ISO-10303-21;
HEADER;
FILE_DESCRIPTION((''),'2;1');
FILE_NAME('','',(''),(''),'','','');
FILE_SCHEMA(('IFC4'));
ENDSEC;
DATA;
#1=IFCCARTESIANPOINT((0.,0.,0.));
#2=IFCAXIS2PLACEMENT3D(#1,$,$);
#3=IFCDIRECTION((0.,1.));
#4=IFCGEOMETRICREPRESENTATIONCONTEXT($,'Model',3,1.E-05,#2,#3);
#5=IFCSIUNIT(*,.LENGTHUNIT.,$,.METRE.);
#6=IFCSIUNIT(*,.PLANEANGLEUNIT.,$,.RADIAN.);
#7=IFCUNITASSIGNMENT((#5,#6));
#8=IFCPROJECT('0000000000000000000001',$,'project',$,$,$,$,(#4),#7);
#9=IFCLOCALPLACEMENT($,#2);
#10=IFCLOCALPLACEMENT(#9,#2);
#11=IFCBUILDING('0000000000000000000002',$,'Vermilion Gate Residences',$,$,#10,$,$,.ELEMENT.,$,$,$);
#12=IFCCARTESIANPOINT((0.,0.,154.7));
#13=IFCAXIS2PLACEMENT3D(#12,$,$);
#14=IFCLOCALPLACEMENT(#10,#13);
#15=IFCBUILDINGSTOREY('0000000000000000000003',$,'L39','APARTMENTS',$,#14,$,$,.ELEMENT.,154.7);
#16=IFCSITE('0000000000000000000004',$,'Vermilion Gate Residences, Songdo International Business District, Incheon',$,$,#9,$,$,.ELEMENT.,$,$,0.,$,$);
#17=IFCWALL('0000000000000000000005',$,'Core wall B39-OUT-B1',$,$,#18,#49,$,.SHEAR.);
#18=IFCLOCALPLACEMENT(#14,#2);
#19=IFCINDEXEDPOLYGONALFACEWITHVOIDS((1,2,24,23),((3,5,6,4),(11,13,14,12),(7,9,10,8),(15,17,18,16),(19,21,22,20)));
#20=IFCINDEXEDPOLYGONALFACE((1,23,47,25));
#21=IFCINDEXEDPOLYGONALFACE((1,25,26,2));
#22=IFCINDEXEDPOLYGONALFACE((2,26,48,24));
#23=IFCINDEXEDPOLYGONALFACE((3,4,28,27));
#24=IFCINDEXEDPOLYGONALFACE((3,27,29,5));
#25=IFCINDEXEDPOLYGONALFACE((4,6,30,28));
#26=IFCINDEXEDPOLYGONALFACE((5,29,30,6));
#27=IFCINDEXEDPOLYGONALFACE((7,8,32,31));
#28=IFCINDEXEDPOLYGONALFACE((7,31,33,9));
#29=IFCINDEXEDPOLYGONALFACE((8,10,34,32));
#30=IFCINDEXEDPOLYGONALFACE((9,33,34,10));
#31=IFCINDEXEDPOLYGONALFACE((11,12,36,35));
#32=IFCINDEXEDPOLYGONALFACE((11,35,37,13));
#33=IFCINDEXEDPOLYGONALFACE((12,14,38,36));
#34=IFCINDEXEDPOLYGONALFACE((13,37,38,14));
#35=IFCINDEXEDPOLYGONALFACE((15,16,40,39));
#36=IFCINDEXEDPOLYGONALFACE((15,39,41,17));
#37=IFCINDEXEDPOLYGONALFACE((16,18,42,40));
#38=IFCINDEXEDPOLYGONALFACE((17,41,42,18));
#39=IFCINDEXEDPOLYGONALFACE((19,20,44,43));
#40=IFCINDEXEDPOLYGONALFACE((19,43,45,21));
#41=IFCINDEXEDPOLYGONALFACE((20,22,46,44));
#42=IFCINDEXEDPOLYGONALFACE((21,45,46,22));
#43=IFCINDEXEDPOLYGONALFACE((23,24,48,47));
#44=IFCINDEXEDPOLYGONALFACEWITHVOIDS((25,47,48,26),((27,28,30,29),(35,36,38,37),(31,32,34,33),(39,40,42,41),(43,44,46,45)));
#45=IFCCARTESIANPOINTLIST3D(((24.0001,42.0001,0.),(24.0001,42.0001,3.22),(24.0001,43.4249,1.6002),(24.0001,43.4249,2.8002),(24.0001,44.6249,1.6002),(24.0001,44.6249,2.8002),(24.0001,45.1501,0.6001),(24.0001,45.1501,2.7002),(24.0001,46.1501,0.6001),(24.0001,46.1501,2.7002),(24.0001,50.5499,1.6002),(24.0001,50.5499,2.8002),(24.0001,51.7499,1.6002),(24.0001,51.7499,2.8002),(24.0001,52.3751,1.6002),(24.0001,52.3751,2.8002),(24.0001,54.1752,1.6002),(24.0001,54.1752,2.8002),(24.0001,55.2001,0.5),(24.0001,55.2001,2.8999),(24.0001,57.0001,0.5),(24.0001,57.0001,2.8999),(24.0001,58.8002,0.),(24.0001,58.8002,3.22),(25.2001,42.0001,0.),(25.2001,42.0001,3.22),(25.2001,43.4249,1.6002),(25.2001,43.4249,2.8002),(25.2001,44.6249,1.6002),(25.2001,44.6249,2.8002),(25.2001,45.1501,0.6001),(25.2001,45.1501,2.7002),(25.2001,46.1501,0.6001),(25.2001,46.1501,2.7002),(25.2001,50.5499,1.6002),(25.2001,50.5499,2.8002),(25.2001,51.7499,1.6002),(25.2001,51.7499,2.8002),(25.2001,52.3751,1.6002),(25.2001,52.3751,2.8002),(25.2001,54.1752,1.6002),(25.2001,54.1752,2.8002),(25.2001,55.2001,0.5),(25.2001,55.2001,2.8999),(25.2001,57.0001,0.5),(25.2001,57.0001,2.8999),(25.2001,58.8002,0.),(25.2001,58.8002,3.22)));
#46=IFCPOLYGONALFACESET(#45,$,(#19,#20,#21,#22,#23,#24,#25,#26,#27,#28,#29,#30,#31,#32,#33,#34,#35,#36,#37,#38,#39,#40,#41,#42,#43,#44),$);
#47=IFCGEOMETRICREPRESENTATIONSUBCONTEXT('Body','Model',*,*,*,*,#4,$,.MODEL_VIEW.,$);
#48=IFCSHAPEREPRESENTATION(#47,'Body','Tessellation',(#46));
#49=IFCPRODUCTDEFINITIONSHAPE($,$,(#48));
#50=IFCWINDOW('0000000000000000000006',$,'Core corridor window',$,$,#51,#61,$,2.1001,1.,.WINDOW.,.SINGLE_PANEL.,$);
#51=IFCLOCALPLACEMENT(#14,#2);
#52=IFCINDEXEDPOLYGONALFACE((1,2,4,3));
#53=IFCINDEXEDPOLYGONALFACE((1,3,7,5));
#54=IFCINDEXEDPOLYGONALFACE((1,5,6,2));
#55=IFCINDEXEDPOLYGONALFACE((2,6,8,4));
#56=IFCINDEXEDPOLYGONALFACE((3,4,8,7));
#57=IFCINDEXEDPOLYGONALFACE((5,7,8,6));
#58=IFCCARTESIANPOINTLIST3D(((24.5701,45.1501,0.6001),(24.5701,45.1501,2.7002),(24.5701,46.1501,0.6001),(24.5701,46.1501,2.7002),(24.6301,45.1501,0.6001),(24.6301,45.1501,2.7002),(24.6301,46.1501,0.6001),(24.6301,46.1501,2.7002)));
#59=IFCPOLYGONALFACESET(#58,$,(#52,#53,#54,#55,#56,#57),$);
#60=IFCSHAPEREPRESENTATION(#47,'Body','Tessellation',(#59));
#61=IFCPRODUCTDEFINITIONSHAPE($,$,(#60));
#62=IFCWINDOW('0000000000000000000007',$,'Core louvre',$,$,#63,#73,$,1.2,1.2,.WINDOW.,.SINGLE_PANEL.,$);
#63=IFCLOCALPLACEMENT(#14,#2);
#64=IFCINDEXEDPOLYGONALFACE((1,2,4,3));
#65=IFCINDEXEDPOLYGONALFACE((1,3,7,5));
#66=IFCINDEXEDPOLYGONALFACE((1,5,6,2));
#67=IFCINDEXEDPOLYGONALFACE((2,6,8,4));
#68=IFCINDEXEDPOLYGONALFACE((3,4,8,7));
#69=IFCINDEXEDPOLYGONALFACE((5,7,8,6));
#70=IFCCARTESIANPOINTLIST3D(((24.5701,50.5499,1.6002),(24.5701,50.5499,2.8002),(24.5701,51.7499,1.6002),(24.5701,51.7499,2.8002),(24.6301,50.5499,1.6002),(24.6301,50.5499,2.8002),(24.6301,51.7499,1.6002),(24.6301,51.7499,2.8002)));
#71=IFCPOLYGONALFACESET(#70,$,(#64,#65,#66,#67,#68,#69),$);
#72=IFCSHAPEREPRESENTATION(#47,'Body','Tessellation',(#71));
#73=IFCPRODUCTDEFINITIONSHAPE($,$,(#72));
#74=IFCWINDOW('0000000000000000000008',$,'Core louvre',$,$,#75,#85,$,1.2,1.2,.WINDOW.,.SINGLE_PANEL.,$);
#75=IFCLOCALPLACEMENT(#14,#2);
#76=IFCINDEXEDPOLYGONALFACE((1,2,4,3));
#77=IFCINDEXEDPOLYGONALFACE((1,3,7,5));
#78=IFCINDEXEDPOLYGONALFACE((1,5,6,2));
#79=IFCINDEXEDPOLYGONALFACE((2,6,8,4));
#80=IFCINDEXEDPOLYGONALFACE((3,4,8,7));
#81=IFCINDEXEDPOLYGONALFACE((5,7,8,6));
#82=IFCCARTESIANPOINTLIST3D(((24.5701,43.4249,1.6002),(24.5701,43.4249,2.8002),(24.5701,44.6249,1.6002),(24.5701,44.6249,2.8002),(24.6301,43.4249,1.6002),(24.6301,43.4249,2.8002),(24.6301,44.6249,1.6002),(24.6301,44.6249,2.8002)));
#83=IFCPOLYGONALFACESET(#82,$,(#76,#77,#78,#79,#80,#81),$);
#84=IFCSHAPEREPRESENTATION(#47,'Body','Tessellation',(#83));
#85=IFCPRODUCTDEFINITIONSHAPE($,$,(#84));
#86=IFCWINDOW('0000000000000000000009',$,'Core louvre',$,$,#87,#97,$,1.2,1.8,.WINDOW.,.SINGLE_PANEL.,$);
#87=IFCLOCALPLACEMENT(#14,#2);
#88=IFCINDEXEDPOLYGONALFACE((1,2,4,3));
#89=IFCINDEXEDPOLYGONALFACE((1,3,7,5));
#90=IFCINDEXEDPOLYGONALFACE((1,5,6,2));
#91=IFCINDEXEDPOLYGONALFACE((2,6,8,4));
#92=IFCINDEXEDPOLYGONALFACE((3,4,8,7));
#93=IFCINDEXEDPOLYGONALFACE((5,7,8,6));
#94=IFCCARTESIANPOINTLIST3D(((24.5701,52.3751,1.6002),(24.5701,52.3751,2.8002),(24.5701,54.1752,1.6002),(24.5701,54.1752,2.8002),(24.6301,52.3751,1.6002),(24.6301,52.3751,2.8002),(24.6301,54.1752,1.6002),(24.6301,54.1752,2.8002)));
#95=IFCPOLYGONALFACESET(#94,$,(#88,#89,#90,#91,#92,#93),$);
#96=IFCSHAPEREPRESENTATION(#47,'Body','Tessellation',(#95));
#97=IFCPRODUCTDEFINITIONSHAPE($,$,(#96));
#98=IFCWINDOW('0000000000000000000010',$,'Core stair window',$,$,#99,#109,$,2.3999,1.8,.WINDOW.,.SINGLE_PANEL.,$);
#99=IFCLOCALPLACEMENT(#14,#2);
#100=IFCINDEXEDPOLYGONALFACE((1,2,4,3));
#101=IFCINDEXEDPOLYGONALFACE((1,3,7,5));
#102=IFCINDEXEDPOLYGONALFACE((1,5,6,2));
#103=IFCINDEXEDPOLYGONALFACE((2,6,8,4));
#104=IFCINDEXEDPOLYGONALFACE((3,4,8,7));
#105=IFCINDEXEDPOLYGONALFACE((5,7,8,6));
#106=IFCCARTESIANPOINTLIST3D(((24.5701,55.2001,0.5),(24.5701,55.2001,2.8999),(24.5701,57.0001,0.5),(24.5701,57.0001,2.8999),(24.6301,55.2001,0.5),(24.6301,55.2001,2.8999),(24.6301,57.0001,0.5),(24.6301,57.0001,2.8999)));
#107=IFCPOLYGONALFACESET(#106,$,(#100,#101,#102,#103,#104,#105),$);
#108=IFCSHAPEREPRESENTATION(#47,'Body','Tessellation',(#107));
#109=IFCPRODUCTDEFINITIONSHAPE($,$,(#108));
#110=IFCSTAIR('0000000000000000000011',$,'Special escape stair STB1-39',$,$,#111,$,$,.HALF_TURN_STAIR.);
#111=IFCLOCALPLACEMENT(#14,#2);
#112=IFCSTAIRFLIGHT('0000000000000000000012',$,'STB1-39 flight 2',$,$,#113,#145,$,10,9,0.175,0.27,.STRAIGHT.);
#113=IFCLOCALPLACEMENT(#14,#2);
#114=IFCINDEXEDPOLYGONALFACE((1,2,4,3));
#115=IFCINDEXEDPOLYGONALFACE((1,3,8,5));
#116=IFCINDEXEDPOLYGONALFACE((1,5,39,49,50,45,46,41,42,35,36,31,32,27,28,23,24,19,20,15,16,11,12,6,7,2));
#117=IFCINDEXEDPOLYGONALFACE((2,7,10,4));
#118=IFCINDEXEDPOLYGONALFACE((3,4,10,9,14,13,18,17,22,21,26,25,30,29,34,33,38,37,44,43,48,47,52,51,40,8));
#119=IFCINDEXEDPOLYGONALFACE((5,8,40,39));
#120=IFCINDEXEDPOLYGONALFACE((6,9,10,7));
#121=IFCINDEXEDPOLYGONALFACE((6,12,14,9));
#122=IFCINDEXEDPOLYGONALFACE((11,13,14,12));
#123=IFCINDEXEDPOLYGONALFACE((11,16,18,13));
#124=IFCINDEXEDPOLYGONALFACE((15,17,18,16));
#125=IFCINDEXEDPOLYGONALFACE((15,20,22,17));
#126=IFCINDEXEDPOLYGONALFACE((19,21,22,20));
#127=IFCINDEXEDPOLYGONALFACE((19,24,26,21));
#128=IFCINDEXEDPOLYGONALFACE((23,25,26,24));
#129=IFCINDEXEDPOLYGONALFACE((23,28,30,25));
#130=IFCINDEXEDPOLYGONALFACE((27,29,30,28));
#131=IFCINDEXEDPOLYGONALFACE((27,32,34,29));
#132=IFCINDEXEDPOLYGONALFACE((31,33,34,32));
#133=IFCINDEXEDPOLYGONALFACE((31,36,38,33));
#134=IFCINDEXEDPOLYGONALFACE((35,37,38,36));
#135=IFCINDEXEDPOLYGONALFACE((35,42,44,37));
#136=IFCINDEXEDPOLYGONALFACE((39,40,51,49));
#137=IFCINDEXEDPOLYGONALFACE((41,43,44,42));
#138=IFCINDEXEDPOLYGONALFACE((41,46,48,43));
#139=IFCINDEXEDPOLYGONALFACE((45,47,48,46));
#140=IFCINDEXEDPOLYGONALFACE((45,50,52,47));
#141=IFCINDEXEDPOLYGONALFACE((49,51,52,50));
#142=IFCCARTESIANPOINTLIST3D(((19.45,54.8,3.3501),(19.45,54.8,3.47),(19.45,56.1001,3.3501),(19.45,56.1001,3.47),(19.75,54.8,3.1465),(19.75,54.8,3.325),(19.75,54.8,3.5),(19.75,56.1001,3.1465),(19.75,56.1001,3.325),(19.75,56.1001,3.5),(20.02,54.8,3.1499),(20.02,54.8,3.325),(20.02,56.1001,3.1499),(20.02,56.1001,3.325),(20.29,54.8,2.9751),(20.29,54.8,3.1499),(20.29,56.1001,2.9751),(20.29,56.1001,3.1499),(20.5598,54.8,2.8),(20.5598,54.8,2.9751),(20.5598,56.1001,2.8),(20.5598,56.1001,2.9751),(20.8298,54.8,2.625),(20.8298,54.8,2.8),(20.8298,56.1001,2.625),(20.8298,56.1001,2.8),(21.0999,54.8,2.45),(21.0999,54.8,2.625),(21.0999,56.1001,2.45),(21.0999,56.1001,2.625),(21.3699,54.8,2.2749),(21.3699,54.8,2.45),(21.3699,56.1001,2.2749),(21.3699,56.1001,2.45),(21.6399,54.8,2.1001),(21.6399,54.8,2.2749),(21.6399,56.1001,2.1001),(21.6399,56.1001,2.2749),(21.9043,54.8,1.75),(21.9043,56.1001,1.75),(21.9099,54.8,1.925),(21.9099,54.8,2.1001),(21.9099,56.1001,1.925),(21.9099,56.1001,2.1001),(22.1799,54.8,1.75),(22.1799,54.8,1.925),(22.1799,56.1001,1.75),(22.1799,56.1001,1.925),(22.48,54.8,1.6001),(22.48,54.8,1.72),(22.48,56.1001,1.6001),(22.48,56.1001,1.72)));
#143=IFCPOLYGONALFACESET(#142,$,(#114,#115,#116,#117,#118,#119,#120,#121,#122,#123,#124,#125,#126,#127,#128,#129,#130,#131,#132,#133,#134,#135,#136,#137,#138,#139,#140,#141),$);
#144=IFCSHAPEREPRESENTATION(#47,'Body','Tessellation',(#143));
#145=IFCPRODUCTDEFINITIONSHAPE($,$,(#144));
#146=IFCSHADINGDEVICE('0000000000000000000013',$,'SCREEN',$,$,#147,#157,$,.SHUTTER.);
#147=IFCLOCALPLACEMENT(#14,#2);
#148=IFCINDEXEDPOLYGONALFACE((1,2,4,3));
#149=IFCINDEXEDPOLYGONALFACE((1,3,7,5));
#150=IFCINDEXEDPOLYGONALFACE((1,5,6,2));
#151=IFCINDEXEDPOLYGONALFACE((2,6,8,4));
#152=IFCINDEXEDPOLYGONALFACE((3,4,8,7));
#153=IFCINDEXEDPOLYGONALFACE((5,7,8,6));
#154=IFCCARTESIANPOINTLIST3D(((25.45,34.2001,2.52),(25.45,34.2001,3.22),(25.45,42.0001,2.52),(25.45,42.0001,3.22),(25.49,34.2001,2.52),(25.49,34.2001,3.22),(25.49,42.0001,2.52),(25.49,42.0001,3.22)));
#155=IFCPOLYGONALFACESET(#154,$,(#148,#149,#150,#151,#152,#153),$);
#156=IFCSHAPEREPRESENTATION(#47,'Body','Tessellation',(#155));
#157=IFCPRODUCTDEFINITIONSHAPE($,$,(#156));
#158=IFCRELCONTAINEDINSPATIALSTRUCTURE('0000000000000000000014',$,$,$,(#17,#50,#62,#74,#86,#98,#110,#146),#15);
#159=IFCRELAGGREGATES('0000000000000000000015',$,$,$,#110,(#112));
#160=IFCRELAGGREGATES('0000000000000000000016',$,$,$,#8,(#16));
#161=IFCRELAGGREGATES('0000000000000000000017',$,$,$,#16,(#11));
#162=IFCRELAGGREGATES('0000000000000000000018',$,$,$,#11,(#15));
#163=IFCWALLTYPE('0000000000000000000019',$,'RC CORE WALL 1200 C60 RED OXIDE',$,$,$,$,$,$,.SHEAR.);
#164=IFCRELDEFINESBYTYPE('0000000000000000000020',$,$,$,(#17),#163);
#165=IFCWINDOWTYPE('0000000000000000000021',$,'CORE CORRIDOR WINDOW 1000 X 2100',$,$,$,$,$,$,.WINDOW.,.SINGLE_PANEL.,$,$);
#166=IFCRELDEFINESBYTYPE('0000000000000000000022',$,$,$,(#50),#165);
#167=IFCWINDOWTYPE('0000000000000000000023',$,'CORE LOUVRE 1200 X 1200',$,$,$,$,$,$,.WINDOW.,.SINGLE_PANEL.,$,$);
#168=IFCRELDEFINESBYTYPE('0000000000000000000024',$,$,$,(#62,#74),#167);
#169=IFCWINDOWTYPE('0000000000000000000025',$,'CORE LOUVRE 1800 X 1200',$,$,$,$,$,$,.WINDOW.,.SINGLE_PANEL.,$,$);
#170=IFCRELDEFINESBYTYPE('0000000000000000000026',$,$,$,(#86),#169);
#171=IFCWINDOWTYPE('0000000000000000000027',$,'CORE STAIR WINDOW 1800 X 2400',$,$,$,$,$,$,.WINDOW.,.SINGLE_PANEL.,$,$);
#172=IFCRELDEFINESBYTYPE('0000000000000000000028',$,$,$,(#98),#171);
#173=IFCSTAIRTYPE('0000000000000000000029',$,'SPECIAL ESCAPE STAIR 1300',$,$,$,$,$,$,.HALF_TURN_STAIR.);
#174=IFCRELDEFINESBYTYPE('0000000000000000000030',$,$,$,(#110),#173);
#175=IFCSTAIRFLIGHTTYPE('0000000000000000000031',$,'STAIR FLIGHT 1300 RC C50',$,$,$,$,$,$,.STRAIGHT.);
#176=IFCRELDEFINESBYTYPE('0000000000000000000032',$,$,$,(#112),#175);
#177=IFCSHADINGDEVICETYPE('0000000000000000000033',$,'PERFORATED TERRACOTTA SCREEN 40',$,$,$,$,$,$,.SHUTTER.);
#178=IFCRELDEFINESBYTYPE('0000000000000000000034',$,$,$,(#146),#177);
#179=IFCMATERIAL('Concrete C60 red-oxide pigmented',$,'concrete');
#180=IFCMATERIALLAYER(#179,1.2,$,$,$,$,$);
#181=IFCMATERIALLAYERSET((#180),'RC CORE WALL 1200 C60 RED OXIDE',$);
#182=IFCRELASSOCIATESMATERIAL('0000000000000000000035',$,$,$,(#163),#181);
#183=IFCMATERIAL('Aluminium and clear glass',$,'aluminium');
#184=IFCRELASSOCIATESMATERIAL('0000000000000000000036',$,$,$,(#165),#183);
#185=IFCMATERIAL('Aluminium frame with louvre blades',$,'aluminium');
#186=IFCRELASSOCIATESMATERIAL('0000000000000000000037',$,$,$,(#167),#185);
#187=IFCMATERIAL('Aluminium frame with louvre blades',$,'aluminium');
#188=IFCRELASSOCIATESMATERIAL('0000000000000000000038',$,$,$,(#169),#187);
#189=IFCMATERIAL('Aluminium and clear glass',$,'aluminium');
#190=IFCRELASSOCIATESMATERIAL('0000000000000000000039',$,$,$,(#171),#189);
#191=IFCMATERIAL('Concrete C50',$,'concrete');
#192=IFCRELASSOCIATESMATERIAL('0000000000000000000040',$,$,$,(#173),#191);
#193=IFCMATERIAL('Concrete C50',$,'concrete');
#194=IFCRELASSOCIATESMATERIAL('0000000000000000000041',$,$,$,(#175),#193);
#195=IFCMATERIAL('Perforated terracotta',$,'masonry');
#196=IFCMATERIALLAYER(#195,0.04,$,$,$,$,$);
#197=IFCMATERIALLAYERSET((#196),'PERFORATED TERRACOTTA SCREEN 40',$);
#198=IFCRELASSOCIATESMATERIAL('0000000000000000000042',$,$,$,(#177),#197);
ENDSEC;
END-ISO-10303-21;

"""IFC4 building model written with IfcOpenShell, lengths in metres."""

from ifc_helpers import new_model, si_unit, direction, frame, frame_2d, origin, origin_2d, place, context, subcontext, project, spatial, polyline, rectangle, outline, extrude, material, layer, layer_set, type_object, element, fill, aggregate, save


model = new_model("IFC4")

# Units and contexts
model_context = context("Model", 3, precision=1e-05, world=origin(), true_north=direction((0.0, 1.0)))
body_context = subcontext(model_context, "Body", "Model", "MODEL_VIEW")
ifc_project = project(units=[si_unit("LENGTHUNIT", "METRE"), si_unit("PLANEANGLEUNIT", "RADIAN")], contexts=[model_context])

# Site, building, storey
site_placement = place(None, origin())
site = spatial("IfcSite", under=ifc_project, at=site_placement, Name="Vermilion Gate Residences, Songdo International Business District, Incheon", CompositionType="ELEMENT", RefElevation=0.0)
building_placement = place(site_placement, origin())
building = spatial("IfcBuilding", under=site, at=building_placement, Name="Vermilion Gate Residences", CompositionType="ELEMENT")
storey_placement = place(building_placement, frame((0.0, 0.0, 154.7)))
storey = spatial("IfcBuildingStorey", under=building, at=storey_placement, Name="L39", Description="APARTMENTS", CompositionType="ELEMENT", Elevation=154.7)

# Wall, openings, windows
ifc_material_1 = material(Name="Concrete C60 red-oxide pigmented", Category="concrete")
ifc_layer_1 = layer(ifc_material_1, 1.2)
ifc_layer_set_1 = layer_set([ifc_layer_1], Name="RC CORE WALL 1200 C60 RED OXIDE")
wall_type_1 = type_object("IfcWallType", Name="RC CORE WALL 1200 C60 RED OXIDE", PredefinedType="SHEAR", material=ifc_layer_set_1)
wall_1_placement = place(storey_placement, frame((24.6001, 58.8, 0.0), z_axis=(0.0, 0.0, 1.0), x_axis=(0.0, -1.0, 0.0)))
wall_1 = element("IfcWall", 1, at=wall_1_placement, inside=storey, type_object=wall_type_1, Name="Core wall B39-OUT-B1", PredefinedType="SHEAR", context=body_context, shape_type="SweptSolid", body=[
    extrude(rectangle(XDim=16.8, YDim=1.2, at=frame_2d((8.3999, 0.0))), origin(), (0.0, 0.0, 1.0), 3.22),
])
opening_1_placement = place(wall_1_placement, frame((1.8, 0.0, 0.5)))
opening_1 = element("IfcOpeningElement", 2, at=opening_1_placement, cuts=wall_1, PredefinedType="OPENING", context=body_context, shape_type="SweptSolid", body=[
    extrude(rectangle(XDim=1.8, YDim=2.3999, at=frame_2d((0.8999, 1.2))), frame((0.0, 0.6099, 0.0), z_axis=(0.0, -1.0, 0.0), x_axis=(1.0, 0.0, 0.0)), (0.0, 0.0, 1.0), 1.22),
])
opening_2_placement = place(wall_1_placement, frame((4.625, 0.0, 1.6001)))
opening_2 = element("IfcOpeningElement", 3, at=opening_2_placement, cuts=wall_1, PredefinedType="OPENING", context=body_context, shape_type="SweptSolid", body=[
    extrude(rectangle(XDim=1.8, YDim=1.2, at=frame_2d((0.8999, 0.6001))), frame((0.0, 0.6099, 0.0), z_axis=(0.0, -1.0, 0.0), x_axis=(1.0, 0.0, 0.0)), (0.0, 0.0, 1.0), 1.22),
])
opening_3_placement = place(wall_1_placement, frame((7.05, 0.0, 1.6001)))
opening_3 = element("IfcOpeningElement", 4, at=opening_3_placement, cuts=wall_1, PredefinedType="OPENING", context=body_context, shape_type="SweptSolid", body=[
    extrude(rectangle(XDim=1.2, YDim=1.2, at=frame_2d((0.6001, 0.6001))), frame((0.0, 0.6099, 0.0), z_axis=(0.0, -1.0, 0.0), x_axis=(1.0, 0.0, 0.0)), (0.0, 0.0, 1.0), 1.22),
])
opening_4_placement = place(wall_1_placement, frame((12.6499, 0.0, 0.6001)))
opening_4 = element("IfcOpeningElement", 5, at=opening_4_placement, cuts=wall_1, PredefinedType="OPENING", context=body_context, shape_type="SweptSolid", body=[
    extrude(rectangle(XDim=1.0, YDim=2.1001, at=frame_2d((0.5, 1.05))), frame((0.0, 0.6099, 0.0), z_axis=(0.0, -1.0, 0.0), x_axis=(1.0, 0.0, 0.0)), (0.0, 0.0, 1.0), 1.22),
])
opening_5_placement = place(wall_1_placement, frame((14.175, 0.0, 1.6001)))
opening_5 = element("IfcOpeningElement", 6, at=opening_5_placement, cuts=wall_1, PredefinedType="OPENING", context=body_context, shape_type="SweptSolid", body=[
    extrude(rectangle(XDim=1.2, YDim=1.2, at=frame_2d((0.6001, 0.6001))), frame((0.0, 0.6099, 0.0), z_axis=(0.0, -1.0, 0.0), x_axis=(1.0, 0.0, 0.0)), (0.0, 0.0, 1.0), 1.22),
])
ifc_material_2 = material(Name="Aluminium and clear glass", Category="aluminium")
window_type_1 = type_object("IfcWindowType", Name="CORE CORRIDOR WINDOW 1000 X 2100", PartitioningType="SINGLE_PANEL", PredefinedType="WINDOW", material=ifc_material_2)
window_1_placement = place(opening_4_placement, origin())
window_1 = element("IfcWindow", 7, at=window_1_placement, inside=storey, type_object=window_type_1, Name="Core corridor window", OverallHeight=2.1001, OverallWidth=1.0, PartitioningType="SINGLE_PANEL", PredefinedType="WINDOW", context=body_context, shape_type="SweptSolid", body=[
    extrude(rectangle(XDim=1.0, YDim=2.1001, at=frame_2d((0.5, 1.05))), frame((0.0, 0.03, 0.0), z_axis=(0.0, -1.0, 0.0), x_axis=(1.0, 0.0, 0.0)), (0.0, 0.0, 1.0), 0.0601),
])
fill(opening_4, window_1)
ifc_material_3 = material(Name="Aluminium frame with louvre blades", Category="aluminium")
window_type_2 = type_object("IfcWindowType", Name="CORE LOUVRE 1200 X 1200", PartitioningType="SINGLE_PANEL", PredefinedType="WINDOW", material=ifc_material_3)
window_2_placement = place(opening_3_placement, origin())
window_2 = element("IfcWindow", 8, at=window_2_placement, inside=storey, type_object=window_type_2, Name="Core louvre", OverallHeight=1.2, OverallWidth=1.2, PartitioningType="SINGLE_PANEL", PredefinedType="WINDOW", context=body_context, shape_type="SweptSolid", body=[
    extrude(rectangle(XDim=1.2, YDim=1.2, at=frame_2d((0.6001, 0.6001))), frame((0.0, 0.03, 0.0), z_axis=(0.0, -1.0, 0.0), x_axis=(1.0, 0.0, 0.0)), (0.0, 0.0, 1.0), 0.0601),
])
fill(opening_3, window_2)
window_3_placement = place(opening_5_placement, origin())
window_3 = element("IfcWindow", 9, at=window_3_placement, inside=storey, type_object=window_type_2, Name="Core louvre", OverallHeight=1.2, OverallWidth=1.2, PartitioningType="SINGLE_PANEL", PredefinedType="WINDOW", context=body_context, shape_type="SweptSolid", body=[
    extrude(rectangle(XDim=1.2, YDim=1.2, at=frame_2d((0.6001, 0.6001))), frame((0.0, 0.03, 0.0), z_axis=(0.0, -1.0, 0.0), x_axis=(1.0, 0.0, 0.0)), (0.0, 0.0, 1.0), 0.0601),
])
fill(opening_5, window_3)
ifc_material_4 = material(Name="Aluminium frame with louvre blades", Category="aluminium")
window_type_3 = type_object("IfcWindowType", Name="CORE LOUVRE 1800 X 1200", PartitioningType="SINGLE_PANEL", PredefinedType="WINDOW", material=ifc_material_4)
window_4_placement = place(opening_2_placement, origin())
window_4 = element("IfcWindow", 10, at=window_4_placement, inside=storey, type_object=window_type_3, Name="Core louvre", OverallHeight=1.2, OverallWidth=1.8, PartitioningType="SINGLE_PANEL", PredefinedType="WINDOW", context=body_context, shape_type="SweptSolid", body=[
    extrude(rectangle(XDim=1.8, YDim=1.2, at=frame_2d((0.8999, 0.6001))), frame((0.0, 0.03, 0.0), z_axis=(0.0, -1.0, 0.0), x_axis=(1.0, 0.0, 0.0)), (0.0, 0.0, 1.0), 0.0601),
])
fill(opening_2, window_4)
ifc_material_5 = material(Name="Aluminium and clear glass", Category="aluminium")
window_type_4 = type_object("IfcWindowType", Name="CORE STAIR WINDOW 1800 X 2400", PartitioningType="SINGLE_PANEL", PredefinedType="WINDOW", material=ifc_material_5)
window_5_placement = place(opening_1_placement, origin())
window_5 = element("IfcWindow", 11, at=window_5_placement, inside=storey, type_object=window_type_4, Name="Core stair window", OverallHeight=2.3999, OverallWidth=1.8, PartitioningType="SINGLE_PANEL", PredefinedType="WINDOW", context=body_context, shape_type="SweptSolid", body=[
    extrude(rectangle(XDim=1.8, YDim=2.3999, at=frame_2d((0.8999, 1.2))), frame((0.0, 0.03, 0.0), z_axis=(0.0, -1.0, 0.0), x_axis=(1.0, 0.0, 0.0)), (0.0, 0.0, 1.0), 0.0601),
])
fill(opening_1, window_5)

# Stair, stair flight
ifc_material_6 = material(Name="Concrete C50", Category="concrete")
stair_type = type_object("IfcStairType", Name="SPECIAL ESCAPE STAIR 1300", PredefinedType="HALF_TURN_STAIR", material=ifc_material_6)
stair_placement = place(storey_placement, origin())
stair = element("IfcStair", 12, at=stair_placement, inside=storey, type_object=stair_type, Name="Special escape stair STB1-39", PredefinedType="HALF_TURN_STAIR")
ifc_material_7 = material(Name="Concrete C50", Category="concrete")
stair_flight_type = type_object("IfcStairFlightType", Name="STAIR FLIGHT 1300 RC C50", PredefinedType="STRAIGHT", material=ifc_material_7)
stair_flight_placement = place(storey_placement, frame((22.1799, 55.45, 1.75), z_axis=(0.0, 0.0, 1.0), x_axis=(-1.0, 0.0, 0.0)))
stair_flight = element("IfcStairFlight", 13, at=stair_flight_placement, type_object=stair_flight_type, Name="STB1-39 flight 2", NumberOfRisers=10, NumberOfTreads=9, PredefinedType="STRAIGHT", RiserHeight=0.175, TreadLength=0.27, context=body_context, shape_type="SweptSolid", body=[
    extrude(outline(polyline([(-0.3, -0.1499), (-0.3, -0.03), (0.0, 0.0), (0.0, 0.175), (0.27, 0.175), (0.27, 0.3501), (0.54, 0.3501), (0.54, 0.5249), (0.8101, 0.5249), (0.8101, 0.7), (1.0801, 0.7), (1.0801, 0.875), (1.3501, 0.875), (1.3501, 1.05), (1.6201, 1.05), (1.6201, 1.2251), (1.8899, 1.2251), (1.8899, 1.3999), (2.1599, 1.3999), (2.1599, 1.575), (2.4299, 1.575), (2.4299, 1.75), (2.73, 1.72), (2.73, 1.6001), (2.4299, 1.3965), (0.2756, 0.0), (-0.3, -0.1499)])), frame((0.0, 0.6499, 0.0), z_axis=(0.0, -1.0, 0.0), x_axis=(1.0, 0.0, 0.0)), (0.0, 0.0, 1.0), 1.3),
])
aggregate(stair, [stair_flight])

# Shading device
ifc_material_8 = material(Name="Perforated terracotta", Category="masonry")
ifc_layer_2 = layer(ifc_material_8, 0.04)
ifc_layer_set_2 = layer_set([ifc_layer_2], Name="PERFORATED TERRACOTTA SCREEN 40")
shading_device_type_1 = type_object("IfcShadingDeviceType", Name="PERFORATED TERRACOTTA SCREEN 40", PredefinedType="SHUTTER", material=ifc_layer_set_2)
shading_device_1_placement = place(storey_placement, frame((25.47, 38.1001, 2.52), z_axis=(0.0, 0.0, 1.0), x_axis=(0.0, 1.0, 0.0)))
element("IfcShadingDevice", 14, at=shading_device_1_placement, inside=storey, type_object=shading_device_type_1, Name="SCREEN", PredefinedType="SHUTTER", context=body_context, shape_type="SweptSolid", body=[
    extrude(rectangle(XDim=7.8, YDim=0.04, at=origin_2d()), origin(), (0.0, 0.0, 1.0), 0.7),
])

save(model, "model.ifc")
